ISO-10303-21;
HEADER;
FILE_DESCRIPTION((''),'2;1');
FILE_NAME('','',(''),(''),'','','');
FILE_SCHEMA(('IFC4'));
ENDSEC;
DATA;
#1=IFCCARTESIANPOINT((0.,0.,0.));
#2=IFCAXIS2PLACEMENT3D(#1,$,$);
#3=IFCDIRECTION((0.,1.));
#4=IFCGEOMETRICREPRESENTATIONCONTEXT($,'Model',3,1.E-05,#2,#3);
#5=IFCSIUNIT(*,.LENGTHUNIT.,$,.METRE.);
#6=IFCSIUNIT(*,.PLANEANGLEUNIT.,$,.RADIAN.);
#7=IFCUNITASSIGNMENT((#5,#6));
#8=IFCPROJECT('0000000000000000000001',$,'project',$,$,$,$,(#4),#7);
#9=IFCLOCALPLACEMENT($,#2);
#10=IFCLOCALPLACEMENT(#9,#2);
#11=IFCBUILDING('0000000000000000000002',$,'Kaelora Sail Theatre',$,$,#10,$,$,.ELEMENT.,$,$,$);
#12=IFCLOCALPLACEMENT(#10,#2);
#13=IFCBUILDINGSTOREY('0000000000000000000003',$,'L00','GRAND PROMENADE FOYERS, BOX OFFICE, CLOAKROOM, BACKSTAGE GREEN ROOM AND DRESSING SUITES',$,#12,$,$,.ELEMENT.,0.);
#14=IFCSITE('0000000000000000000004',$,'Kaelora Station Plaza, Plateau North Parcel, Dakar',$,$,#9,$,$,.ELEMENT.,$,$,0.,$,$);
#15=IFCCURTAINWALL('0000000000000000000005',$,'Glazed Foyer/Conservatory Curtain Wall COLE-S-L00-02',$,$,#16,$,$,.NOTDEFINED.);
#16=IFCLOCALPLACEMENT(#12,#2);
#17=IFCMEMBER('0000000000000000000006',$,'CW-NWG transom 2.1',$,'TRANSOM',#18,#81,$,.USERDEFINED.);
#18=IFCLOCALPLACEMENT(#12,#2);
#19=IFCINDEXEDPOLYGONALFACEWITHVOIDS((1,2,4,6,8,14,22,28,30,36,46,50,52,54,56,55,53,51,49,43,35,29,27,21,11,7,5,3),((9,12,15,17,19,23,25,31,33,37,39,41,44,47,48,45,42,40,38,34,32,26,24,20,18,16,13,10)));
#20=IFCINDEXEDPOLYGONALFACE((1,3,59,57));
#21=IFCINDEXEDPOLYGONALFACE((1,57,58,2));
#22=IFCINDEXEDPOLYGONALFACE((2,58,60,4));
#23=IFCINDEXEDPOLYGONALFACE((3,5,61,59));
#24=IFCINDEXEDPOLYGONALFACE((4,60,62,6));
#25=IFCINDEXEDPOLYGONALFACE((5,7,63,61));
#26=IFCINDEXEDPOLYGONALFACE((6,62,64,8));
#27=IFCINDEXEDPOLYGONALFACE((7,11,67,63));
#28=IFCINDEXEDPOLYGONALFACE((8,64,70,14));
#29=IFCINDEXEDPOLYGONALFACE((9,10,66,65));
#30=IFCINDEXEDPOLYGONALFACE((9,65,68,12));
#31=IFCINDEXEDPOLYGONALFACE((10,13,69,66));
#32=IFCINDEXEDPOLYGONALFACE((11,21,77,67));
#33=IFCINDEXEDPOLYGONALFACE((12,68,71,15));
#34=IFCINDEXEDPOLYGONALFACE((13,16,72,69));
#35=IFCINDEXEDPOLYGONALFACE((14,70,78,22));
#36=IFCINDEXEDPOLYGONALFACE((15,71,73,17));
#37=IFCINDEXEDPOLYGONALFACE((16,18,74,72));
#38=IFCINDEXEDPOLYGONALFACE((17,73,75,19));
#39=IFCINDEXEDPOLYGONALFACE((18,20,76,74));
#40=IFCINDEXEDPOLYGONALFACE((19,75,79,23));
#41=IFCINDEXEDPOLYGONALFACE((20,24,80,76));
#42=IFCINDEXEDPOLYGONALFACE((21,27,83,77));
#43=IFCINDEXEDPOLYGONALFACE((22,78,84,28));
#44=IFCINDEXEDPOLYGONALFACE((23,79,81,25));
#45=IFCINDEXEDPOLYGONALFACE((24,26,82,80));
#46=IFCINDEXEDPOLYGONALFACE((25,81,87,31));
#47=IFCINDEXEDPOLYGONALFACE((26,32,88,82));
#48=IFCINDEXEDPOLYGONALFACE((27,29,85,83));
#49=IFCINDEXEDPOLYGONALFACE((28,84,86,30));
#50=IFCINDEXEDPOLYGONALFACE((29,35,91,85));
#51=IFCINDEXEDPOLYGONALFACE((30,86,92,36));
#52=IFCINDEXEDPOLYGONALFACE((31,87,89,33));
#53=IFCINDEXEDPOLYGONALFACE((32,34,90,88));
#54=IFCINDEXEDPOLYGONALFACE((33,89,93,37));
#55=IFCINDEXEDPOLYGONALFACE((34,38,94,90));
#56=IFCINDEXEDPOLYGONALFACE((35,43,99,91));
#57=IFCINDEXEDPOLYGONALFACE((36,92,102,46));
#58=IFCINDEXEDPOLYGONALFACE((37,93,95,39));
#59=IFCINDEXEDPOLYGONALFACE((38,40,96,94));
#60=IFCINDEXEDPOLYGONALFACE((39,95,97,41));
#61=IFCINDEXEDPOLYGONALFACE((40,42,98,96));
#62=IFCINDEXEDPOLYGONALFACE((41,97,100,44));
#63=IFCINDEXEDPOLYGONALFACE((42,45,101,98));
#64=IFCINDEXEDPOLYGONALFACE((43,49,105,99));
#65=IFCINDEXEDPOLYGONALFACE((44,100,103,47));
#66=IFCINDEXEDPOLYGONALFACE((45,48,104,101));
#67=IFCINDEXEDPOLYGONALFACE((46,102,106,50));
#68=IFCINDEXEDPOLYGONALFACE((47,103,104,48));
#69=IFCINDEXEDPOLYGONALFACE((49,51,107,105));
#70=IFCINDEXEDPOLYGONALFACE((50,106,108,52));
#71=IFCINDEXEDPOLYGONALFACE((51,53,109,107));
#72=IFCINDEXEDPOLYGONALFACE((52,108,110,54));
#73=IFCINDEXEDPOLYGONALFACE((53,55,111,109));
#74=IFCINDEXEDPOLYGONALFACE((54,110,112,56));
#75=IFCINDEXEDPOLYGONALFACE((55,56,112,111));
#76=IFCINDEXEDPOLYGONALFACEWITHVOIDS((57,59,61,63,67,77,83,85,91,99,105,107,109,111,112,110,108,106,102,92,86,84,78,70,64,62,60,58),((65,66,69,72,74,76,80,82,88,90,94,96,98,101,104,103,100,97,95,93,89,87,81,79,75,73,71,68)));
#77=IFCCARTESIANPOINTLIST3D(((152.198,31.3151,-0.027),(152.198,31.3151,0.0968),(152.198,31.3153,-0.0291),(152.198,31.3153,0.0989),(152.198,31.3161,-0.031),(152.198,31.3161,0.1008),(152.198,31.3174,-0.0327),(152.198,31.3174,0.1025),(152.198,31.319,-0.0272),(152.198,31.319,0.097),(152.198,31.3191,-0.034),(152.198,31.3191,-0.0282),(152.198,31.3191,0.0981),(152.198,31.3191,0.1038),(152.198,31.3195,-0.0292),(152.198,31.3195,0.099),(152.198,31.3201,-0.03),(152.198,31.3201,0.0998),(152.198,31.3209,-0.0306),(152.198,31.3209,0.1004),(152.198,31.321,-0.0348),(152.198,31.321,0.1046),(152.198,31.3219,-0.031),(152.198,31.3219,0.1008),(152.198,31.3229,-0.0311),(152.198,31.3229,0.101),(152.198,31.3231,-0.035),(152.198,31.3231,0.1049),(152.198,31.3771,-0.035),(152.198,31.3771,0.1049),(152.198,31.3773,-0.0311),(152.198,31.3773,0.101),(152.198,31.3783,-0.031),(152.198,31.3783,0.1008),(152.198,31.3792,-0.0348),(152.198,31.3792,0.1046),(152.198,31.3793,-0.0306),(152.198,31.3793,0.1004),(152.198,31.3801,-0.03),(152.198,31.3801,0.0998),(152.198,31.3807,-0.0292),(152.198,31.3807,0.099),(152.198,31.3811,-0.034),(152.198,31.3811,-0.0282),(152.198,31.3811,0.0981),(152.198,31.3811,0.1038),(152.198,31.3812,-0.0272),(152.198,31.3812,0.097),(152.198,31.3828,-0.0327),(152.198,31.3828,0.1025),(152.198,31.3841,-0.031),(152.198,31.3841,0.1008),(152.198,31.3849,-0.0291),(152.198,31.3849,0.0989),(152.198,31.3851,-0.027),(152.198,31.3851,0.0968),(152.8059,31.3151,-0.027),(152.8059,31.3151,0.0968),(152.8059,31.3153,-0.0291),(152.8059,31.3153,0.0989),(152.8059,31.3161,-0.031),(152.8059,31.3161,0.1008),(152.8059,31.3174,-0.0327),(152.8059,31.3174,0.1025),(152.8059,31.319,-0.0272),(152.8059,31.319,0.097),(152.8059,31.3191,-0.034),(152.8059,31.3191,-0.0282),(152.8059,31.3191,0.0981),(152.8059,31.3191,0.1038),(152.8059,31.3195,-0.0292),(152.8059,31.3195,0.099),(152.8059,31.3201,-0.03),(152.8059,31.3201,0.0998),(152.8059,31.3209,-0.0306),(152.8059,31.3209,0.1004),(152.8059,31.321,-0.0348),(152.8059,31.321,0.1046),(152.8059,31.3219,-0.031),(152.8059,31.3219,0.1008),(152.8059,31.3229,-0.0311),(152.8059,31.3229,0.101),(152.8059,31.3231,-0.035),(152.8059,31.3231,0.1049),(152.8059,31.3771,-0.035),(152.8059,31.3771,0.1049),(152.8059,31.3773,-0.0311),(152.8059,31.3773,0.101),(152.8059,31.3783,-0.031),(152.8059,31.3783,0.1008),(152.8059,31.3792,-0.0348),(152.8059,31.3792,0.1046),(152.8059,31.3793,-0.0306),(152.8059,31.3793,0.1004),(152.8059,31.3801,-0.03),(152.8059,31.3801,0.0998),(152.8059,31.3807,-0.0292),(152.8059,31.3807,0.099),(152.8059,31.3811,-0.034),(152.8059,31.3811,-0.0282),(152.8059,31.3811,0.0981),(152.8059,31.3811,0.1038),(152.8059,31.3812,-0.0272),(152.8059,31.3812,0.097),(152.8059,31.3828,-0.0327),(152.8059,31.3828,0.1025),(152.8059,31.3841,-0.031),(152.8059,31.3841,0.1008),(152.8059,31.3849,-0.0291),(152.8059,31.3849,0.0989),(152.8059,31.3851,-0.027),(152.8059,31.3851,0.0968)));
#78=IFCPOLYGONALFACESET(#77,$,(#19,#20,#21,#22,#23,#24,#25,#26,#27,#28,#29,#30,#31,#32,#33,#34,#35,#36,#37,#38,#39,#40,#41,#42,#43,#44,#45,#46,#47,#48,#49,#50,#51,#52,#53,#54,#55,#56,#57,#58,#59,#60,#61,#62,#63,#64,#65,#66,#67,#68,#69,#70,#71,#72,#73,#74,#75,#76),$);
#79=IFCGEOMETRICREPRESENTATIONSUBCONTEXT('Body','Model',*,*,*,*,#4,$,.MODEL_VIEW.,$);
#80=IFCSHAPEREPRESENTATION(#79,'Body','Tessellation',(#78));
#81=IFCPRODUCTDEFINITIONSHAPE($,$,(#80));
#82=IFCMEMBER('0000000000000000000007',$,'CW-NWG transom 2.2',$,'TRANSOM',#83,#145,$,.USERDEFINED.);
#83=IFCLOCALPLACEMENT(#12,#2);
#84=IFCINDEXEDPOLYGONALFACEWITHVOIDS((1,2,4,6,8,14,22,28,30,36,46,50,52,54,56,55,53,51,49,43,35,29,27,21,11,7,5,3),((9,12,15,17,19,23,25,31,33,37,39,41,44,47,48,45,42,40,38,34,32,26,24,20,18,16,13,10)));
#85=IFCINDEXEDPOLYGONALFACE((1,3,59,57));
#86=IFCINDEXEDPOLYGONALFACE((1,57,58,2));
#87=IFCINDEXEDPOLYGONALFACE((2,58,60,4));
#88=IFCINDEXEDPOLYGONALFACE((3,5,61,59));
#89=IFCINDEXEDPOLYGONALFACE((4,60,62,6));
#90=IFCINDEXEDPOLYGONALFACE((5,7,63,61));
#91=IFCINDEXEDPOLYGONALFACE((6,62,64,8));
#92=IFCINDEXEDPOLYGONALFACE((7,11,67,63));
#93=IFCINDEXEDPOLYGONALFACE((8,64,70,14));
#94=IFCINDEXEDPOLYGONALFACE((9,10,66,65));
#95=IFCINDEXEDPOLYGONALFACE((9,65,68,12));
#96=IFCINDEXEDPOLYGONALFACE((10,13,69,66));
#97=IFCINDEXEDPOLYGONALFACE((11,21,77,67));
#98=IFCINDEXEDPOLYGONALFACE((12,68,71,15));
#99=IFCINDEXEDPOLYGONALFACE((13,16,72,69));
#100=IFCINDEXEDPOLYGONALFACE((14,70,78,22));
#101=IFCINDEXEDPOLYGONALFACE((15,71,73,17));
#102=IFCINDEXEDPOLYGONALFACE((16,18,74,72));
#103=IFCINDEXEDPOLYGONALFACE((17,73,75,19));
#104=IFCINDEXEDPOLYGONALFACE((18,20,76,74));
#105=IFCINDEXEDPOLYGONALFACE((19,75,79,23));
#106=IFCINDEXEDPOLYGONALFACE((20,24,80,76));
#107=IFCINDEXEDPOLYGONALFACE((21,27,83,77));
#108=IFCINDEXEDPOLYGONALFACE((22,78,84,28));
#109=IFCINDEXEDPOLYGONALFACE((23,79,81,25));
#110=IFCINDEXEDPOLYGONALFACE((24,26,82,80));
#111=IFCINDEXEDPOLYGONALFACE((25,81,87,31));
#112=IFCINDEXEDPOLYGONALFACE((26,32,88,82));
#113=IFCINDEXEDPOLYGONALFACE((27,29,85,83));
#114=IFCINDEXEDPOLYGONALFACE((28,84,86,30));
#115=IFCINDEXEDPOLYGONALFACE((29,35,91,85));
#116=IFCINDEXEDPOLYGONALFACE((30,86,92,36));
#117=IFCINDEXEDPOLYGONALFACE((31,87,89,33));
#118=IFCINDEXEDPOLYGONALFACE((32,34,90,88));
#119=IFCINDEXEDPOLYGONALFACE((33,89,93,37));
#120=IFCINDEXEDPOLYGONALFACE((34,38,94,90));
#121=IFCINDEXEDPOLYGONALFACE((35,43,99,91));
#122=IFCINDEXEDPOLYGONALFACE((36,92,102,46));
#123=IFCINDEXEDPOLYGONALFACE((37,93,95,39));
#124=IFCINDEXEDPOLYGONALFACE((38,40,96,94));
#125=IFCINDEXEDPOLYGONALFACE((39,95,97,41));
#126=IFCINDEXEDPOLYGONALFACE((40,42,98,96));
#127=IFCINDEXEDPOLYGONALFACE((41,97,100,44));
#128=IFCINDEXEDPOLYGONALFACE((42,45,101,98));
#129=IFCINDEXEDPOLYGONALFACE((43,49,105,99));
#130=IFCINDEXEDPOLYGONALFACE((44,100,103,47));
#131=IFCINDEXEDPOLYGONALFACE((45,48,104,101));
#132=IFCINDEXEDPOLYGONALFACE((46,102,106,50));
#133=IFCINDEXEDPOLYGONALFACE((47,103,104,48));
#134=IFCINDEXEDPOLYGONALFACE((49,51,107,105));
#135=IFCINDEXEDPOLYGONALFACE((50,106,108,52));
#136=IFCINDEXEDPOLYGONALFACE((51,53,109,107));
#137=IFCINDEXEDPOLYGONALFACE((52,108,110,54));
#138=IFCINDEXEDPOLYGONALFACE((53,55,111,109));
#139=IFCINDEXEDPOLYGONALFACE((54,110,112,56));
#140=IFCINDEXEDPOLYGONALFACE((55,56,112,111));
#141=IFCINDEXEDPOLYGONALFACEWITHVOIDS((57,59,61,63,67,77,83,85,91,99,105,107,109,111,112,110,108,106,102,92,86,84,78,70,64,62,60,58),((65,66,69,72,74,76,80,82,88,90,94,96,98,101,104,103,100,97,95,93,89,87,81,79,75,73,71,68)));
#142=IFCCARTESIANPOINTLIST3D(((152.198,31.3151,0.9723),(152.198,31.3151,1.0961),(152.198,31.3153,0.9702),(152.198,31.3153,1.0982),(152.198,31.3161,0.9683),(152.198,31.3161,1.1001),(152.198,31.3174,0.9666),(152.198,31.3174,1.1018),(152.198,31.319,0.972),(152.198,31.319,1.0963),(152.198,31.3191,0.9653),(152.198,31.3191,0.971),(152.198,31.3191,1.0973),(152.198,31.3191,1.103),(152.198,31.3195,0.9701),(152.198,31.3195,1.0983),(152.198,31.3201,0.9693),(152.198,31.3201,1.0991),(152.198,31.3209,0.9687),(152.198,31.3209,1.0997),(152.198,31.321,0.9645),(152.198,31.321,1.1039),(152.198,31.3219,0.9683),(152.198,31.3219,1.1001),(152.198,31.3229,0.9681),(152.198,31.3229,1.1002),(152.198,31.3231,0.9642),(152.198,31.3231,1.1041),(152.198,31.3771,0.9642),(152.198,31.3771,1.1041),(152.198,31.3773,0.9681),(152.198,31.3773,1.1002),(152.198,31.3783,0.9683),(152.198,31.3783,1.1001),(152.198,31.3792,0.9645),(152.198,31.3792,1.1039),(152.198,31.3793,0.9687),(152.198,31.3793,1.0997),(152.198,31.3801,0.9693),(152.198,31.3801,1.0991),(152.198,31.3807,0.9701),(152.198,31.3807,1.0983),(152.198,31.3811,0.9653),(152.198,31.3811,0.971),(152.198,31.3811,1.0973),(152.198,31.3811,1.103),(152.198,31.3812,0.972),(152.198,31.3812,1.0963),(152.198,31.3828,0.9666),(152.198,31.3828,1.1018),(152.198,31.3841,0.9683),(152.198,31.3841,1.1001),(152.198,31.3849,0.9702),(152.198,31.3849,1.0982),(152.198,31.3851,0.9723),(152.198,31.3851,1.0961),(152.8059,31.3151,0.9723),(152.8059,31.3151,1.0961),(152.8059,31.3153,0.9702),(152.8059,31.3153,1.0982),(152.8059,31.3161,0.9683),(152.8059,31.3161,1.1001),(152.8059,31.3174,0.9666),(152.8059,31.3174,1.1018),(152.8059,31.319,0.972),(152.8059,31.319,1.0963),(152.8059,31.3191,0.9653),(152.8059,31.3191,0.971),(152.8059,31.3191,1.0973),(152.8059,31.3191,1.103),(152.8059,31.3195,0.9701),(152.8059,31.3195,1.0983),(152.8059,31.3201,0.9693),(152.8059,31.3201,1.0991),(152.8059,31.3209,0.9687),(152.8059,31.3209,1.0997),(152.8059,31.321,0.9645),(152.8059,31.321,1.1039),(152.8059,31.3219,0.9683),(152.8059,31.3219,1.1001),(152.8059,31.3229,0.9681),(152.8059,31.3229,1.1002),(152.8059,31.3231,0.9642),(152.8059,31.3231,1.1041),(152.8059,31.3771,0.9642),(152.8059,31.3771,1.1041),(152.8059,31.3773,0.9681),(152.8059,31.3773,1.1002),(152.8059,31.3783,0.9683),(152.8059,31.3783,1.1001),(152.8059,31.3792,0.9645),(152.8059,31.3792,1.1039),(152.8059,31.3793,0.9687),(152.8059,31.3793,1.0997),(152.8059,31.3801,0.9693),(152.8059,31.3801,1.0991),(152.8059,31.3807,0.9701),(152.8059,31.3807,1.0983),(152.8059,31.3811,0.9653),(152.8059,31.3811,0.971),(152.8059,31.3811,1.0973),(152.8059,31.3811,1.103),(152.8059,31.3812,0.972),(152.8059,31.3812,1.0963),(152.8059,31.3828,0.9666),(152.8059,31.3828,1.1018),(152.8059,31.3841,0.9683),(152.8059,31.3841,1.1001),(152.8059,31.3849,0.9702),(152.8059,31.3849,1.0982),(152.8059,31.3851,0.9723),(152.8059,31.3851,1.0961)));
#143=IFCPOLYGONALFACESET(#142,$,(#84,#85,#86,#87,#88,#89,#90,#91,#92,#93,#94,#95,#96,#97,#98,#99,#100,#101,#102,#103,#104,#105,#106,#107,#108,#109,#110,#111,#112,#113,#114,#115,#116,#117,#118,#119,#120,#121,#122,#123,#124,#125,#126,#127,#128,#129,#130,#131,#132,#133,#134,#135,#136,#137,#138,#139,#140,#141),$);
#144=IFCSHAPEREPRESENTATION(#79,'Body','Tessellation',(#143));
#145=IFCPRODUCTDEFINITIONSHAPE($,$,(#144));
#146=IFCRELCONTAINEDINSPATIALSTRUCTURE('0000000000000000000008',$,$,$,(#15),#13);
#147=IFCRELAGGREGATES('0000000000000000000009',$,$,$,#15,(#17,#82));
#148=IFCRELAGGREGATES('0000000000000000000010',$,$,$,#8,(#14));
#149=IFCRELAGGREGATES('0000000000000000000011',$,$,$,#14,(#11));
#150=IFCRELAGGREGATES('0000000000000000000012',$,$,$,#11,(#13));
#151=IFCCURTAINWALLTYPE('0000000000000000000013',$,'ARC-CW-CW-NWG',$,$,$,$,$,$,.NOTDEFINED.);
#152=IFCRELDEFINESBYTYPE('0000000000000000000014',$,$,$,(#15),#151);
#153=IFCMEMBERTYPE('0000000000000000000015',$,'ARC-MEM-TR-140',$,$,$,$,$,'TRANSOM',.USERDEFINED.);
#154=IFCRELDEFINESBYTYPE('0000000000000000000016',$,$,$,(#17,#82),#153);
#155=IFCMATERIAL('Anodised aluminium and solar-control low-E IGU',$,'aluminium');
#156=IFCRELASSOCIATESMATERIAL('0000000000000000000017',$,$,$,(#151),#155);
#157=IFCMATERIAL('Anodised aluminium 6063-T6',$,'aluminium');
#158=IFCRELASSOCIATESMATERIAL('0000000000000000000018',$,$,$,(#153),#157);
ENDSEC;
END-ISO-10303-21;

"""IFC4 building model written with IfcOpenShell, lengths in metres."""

from ifc_helpers import new_model, si_unit, direction, frame, origin, origin_2d, place, context, subcontext, project, spatial, hollow_rectangle, extrude, material, material_profile, profile_set, type_object, element, aggregate, save


model = new_model("IFC4")

# Units and contexts
model_context = context("Model", 3, precision=1e-05, world=origin(), true_north=direction((0.0, 1.0)))
body_context = subcontext(model_context, "Body", "Model", "MODEL_VIEW")
ifc_project = project(units=[si_unit("LENGTHUNIT", "METRE"), si_unit("PLANEANGLEUNIT", "RADIAN")], contexts=[model_context])

# Site, building, storey
site_placement = place(None, origin())
site = spatial("IfcSite", under=ifc_project, at=site_placement, Name="Kaelora Station Plaza, Plateau North Parcel, Dakar", CompositionType="ELEMENT", RefElevation=0.0)
building_placement = place(site_placement, origin())
building = spatial("IfcBuilding", under=site, at=building_placement, Name="Kaelora Sail Theatre", CompositionType="ELEMENT")
storey_placement = place(building_placement, origin())
storey = spatial("IfcBuildingStorey", under=building, at=storey_placement, Name="L00", Description="GRAND PROMENADE FOYERS, BOX OFFICE, CLOAKROOM, BACKSTAGE GREEN ROOM AND DRESSING SUITES", CompositionType="ELEMENT", Elevation=0.0)

# Curtain wall, members
ifc_material_1 = material(Name="Anodised aluminium and solar-control low-E IGU", Category="aluminium")
curtain_wall_type = type_object("IfcCurtainWallType", Name="ARC-CW-CW-NWG", PredefinedType="NOTDEFINED", material=ifc_material_1)
curtain_wall_placement = place(storey_placement, origin())
curtain_wall = element("IfcCurtainWall", 1, at=curtain_wall_placement, inside=storey, type_object=curtain_wall_type, Name="Glazed Foyer/Conservatory Curtain Wall COLE-S-L00-02", PredefinedType="NOTDEFINED")
ifc_material_2 = material(Name="Anodised aluminium 6063-T6", Category="aluminium")
ifc_material_profile_1 = material_profile(ifc_material_2, hollow_rectangle(XDim=0.0701, YDim=0.1399, WallThickness=0.0039, InnerFilletRadius=0.0039, OuterFilletRadius=0.0081, at=origin_2d()), Name="ALU-TRAN 70x140x4")
ifc_profile_set_1 = profile_set([ifc_material_profile_1], Name="Anodised aluminium 6063-T6")
member_type_1 = type_object("IfcMemberType", Name="ARC-MEM-TR-140", ElementType="TRANSOM", PredefinedType="USERDEFINED", material=ifc_profile_set_1)
member_1_placement = place(storey_placement, frame((152.198, 31.3501, 0.0349), z_axis=(1.0, 0.0, 0.0), x_axis=(0.0, 1.0, 0.0)))
member_1 = element("IfcMember", 2, at=member_1_placement, type_object=member_type_1, Name="CW-NWG transom 2.1", ObjectType="TRANSOM", PredefinedType="USERDEFINED", context=body_context, shape_type="SweptSolid", body=[
    extrude(hollow_rectangle(XDim=0.0701, YDim=0.1399, WallThickness=0.0039, InnerFilletRadius=0.0039, OuterFilletRadius=0.0081, at=origin_2d()), origin(), (0.0, 0.0, 1.0), 0.6079),
])
member_2_placement = place(storey_placement, frame((152.198, 31.3501, 1.0342), z_axis=(1.0, 0.0, 0.0), x_axis=(0.0, 1.0, 0.0)))
member_2 = element("IfcMember", 3, at=member_2_placement, type_object=member_type_1, Name="CW-NWG transom 2.2", ObjectType="TRANSOM", PredefinedType="USERDEFINED", context=body_context, shape_type="SweptSolid", body=[
    extrude(hollow_rectangle(XDim=0.0701, YDim=0.1399, WallThickness=0.0039, InnerFilletRadius=0.0039, OuterFilletRadius=0.0081, at=origin_2d()), origin(), (0.0, 0.0, 1.0), 0.6079),
])

aggregate(curtain_wall, [member_1, member_2])

save(model, "model.ifc")
